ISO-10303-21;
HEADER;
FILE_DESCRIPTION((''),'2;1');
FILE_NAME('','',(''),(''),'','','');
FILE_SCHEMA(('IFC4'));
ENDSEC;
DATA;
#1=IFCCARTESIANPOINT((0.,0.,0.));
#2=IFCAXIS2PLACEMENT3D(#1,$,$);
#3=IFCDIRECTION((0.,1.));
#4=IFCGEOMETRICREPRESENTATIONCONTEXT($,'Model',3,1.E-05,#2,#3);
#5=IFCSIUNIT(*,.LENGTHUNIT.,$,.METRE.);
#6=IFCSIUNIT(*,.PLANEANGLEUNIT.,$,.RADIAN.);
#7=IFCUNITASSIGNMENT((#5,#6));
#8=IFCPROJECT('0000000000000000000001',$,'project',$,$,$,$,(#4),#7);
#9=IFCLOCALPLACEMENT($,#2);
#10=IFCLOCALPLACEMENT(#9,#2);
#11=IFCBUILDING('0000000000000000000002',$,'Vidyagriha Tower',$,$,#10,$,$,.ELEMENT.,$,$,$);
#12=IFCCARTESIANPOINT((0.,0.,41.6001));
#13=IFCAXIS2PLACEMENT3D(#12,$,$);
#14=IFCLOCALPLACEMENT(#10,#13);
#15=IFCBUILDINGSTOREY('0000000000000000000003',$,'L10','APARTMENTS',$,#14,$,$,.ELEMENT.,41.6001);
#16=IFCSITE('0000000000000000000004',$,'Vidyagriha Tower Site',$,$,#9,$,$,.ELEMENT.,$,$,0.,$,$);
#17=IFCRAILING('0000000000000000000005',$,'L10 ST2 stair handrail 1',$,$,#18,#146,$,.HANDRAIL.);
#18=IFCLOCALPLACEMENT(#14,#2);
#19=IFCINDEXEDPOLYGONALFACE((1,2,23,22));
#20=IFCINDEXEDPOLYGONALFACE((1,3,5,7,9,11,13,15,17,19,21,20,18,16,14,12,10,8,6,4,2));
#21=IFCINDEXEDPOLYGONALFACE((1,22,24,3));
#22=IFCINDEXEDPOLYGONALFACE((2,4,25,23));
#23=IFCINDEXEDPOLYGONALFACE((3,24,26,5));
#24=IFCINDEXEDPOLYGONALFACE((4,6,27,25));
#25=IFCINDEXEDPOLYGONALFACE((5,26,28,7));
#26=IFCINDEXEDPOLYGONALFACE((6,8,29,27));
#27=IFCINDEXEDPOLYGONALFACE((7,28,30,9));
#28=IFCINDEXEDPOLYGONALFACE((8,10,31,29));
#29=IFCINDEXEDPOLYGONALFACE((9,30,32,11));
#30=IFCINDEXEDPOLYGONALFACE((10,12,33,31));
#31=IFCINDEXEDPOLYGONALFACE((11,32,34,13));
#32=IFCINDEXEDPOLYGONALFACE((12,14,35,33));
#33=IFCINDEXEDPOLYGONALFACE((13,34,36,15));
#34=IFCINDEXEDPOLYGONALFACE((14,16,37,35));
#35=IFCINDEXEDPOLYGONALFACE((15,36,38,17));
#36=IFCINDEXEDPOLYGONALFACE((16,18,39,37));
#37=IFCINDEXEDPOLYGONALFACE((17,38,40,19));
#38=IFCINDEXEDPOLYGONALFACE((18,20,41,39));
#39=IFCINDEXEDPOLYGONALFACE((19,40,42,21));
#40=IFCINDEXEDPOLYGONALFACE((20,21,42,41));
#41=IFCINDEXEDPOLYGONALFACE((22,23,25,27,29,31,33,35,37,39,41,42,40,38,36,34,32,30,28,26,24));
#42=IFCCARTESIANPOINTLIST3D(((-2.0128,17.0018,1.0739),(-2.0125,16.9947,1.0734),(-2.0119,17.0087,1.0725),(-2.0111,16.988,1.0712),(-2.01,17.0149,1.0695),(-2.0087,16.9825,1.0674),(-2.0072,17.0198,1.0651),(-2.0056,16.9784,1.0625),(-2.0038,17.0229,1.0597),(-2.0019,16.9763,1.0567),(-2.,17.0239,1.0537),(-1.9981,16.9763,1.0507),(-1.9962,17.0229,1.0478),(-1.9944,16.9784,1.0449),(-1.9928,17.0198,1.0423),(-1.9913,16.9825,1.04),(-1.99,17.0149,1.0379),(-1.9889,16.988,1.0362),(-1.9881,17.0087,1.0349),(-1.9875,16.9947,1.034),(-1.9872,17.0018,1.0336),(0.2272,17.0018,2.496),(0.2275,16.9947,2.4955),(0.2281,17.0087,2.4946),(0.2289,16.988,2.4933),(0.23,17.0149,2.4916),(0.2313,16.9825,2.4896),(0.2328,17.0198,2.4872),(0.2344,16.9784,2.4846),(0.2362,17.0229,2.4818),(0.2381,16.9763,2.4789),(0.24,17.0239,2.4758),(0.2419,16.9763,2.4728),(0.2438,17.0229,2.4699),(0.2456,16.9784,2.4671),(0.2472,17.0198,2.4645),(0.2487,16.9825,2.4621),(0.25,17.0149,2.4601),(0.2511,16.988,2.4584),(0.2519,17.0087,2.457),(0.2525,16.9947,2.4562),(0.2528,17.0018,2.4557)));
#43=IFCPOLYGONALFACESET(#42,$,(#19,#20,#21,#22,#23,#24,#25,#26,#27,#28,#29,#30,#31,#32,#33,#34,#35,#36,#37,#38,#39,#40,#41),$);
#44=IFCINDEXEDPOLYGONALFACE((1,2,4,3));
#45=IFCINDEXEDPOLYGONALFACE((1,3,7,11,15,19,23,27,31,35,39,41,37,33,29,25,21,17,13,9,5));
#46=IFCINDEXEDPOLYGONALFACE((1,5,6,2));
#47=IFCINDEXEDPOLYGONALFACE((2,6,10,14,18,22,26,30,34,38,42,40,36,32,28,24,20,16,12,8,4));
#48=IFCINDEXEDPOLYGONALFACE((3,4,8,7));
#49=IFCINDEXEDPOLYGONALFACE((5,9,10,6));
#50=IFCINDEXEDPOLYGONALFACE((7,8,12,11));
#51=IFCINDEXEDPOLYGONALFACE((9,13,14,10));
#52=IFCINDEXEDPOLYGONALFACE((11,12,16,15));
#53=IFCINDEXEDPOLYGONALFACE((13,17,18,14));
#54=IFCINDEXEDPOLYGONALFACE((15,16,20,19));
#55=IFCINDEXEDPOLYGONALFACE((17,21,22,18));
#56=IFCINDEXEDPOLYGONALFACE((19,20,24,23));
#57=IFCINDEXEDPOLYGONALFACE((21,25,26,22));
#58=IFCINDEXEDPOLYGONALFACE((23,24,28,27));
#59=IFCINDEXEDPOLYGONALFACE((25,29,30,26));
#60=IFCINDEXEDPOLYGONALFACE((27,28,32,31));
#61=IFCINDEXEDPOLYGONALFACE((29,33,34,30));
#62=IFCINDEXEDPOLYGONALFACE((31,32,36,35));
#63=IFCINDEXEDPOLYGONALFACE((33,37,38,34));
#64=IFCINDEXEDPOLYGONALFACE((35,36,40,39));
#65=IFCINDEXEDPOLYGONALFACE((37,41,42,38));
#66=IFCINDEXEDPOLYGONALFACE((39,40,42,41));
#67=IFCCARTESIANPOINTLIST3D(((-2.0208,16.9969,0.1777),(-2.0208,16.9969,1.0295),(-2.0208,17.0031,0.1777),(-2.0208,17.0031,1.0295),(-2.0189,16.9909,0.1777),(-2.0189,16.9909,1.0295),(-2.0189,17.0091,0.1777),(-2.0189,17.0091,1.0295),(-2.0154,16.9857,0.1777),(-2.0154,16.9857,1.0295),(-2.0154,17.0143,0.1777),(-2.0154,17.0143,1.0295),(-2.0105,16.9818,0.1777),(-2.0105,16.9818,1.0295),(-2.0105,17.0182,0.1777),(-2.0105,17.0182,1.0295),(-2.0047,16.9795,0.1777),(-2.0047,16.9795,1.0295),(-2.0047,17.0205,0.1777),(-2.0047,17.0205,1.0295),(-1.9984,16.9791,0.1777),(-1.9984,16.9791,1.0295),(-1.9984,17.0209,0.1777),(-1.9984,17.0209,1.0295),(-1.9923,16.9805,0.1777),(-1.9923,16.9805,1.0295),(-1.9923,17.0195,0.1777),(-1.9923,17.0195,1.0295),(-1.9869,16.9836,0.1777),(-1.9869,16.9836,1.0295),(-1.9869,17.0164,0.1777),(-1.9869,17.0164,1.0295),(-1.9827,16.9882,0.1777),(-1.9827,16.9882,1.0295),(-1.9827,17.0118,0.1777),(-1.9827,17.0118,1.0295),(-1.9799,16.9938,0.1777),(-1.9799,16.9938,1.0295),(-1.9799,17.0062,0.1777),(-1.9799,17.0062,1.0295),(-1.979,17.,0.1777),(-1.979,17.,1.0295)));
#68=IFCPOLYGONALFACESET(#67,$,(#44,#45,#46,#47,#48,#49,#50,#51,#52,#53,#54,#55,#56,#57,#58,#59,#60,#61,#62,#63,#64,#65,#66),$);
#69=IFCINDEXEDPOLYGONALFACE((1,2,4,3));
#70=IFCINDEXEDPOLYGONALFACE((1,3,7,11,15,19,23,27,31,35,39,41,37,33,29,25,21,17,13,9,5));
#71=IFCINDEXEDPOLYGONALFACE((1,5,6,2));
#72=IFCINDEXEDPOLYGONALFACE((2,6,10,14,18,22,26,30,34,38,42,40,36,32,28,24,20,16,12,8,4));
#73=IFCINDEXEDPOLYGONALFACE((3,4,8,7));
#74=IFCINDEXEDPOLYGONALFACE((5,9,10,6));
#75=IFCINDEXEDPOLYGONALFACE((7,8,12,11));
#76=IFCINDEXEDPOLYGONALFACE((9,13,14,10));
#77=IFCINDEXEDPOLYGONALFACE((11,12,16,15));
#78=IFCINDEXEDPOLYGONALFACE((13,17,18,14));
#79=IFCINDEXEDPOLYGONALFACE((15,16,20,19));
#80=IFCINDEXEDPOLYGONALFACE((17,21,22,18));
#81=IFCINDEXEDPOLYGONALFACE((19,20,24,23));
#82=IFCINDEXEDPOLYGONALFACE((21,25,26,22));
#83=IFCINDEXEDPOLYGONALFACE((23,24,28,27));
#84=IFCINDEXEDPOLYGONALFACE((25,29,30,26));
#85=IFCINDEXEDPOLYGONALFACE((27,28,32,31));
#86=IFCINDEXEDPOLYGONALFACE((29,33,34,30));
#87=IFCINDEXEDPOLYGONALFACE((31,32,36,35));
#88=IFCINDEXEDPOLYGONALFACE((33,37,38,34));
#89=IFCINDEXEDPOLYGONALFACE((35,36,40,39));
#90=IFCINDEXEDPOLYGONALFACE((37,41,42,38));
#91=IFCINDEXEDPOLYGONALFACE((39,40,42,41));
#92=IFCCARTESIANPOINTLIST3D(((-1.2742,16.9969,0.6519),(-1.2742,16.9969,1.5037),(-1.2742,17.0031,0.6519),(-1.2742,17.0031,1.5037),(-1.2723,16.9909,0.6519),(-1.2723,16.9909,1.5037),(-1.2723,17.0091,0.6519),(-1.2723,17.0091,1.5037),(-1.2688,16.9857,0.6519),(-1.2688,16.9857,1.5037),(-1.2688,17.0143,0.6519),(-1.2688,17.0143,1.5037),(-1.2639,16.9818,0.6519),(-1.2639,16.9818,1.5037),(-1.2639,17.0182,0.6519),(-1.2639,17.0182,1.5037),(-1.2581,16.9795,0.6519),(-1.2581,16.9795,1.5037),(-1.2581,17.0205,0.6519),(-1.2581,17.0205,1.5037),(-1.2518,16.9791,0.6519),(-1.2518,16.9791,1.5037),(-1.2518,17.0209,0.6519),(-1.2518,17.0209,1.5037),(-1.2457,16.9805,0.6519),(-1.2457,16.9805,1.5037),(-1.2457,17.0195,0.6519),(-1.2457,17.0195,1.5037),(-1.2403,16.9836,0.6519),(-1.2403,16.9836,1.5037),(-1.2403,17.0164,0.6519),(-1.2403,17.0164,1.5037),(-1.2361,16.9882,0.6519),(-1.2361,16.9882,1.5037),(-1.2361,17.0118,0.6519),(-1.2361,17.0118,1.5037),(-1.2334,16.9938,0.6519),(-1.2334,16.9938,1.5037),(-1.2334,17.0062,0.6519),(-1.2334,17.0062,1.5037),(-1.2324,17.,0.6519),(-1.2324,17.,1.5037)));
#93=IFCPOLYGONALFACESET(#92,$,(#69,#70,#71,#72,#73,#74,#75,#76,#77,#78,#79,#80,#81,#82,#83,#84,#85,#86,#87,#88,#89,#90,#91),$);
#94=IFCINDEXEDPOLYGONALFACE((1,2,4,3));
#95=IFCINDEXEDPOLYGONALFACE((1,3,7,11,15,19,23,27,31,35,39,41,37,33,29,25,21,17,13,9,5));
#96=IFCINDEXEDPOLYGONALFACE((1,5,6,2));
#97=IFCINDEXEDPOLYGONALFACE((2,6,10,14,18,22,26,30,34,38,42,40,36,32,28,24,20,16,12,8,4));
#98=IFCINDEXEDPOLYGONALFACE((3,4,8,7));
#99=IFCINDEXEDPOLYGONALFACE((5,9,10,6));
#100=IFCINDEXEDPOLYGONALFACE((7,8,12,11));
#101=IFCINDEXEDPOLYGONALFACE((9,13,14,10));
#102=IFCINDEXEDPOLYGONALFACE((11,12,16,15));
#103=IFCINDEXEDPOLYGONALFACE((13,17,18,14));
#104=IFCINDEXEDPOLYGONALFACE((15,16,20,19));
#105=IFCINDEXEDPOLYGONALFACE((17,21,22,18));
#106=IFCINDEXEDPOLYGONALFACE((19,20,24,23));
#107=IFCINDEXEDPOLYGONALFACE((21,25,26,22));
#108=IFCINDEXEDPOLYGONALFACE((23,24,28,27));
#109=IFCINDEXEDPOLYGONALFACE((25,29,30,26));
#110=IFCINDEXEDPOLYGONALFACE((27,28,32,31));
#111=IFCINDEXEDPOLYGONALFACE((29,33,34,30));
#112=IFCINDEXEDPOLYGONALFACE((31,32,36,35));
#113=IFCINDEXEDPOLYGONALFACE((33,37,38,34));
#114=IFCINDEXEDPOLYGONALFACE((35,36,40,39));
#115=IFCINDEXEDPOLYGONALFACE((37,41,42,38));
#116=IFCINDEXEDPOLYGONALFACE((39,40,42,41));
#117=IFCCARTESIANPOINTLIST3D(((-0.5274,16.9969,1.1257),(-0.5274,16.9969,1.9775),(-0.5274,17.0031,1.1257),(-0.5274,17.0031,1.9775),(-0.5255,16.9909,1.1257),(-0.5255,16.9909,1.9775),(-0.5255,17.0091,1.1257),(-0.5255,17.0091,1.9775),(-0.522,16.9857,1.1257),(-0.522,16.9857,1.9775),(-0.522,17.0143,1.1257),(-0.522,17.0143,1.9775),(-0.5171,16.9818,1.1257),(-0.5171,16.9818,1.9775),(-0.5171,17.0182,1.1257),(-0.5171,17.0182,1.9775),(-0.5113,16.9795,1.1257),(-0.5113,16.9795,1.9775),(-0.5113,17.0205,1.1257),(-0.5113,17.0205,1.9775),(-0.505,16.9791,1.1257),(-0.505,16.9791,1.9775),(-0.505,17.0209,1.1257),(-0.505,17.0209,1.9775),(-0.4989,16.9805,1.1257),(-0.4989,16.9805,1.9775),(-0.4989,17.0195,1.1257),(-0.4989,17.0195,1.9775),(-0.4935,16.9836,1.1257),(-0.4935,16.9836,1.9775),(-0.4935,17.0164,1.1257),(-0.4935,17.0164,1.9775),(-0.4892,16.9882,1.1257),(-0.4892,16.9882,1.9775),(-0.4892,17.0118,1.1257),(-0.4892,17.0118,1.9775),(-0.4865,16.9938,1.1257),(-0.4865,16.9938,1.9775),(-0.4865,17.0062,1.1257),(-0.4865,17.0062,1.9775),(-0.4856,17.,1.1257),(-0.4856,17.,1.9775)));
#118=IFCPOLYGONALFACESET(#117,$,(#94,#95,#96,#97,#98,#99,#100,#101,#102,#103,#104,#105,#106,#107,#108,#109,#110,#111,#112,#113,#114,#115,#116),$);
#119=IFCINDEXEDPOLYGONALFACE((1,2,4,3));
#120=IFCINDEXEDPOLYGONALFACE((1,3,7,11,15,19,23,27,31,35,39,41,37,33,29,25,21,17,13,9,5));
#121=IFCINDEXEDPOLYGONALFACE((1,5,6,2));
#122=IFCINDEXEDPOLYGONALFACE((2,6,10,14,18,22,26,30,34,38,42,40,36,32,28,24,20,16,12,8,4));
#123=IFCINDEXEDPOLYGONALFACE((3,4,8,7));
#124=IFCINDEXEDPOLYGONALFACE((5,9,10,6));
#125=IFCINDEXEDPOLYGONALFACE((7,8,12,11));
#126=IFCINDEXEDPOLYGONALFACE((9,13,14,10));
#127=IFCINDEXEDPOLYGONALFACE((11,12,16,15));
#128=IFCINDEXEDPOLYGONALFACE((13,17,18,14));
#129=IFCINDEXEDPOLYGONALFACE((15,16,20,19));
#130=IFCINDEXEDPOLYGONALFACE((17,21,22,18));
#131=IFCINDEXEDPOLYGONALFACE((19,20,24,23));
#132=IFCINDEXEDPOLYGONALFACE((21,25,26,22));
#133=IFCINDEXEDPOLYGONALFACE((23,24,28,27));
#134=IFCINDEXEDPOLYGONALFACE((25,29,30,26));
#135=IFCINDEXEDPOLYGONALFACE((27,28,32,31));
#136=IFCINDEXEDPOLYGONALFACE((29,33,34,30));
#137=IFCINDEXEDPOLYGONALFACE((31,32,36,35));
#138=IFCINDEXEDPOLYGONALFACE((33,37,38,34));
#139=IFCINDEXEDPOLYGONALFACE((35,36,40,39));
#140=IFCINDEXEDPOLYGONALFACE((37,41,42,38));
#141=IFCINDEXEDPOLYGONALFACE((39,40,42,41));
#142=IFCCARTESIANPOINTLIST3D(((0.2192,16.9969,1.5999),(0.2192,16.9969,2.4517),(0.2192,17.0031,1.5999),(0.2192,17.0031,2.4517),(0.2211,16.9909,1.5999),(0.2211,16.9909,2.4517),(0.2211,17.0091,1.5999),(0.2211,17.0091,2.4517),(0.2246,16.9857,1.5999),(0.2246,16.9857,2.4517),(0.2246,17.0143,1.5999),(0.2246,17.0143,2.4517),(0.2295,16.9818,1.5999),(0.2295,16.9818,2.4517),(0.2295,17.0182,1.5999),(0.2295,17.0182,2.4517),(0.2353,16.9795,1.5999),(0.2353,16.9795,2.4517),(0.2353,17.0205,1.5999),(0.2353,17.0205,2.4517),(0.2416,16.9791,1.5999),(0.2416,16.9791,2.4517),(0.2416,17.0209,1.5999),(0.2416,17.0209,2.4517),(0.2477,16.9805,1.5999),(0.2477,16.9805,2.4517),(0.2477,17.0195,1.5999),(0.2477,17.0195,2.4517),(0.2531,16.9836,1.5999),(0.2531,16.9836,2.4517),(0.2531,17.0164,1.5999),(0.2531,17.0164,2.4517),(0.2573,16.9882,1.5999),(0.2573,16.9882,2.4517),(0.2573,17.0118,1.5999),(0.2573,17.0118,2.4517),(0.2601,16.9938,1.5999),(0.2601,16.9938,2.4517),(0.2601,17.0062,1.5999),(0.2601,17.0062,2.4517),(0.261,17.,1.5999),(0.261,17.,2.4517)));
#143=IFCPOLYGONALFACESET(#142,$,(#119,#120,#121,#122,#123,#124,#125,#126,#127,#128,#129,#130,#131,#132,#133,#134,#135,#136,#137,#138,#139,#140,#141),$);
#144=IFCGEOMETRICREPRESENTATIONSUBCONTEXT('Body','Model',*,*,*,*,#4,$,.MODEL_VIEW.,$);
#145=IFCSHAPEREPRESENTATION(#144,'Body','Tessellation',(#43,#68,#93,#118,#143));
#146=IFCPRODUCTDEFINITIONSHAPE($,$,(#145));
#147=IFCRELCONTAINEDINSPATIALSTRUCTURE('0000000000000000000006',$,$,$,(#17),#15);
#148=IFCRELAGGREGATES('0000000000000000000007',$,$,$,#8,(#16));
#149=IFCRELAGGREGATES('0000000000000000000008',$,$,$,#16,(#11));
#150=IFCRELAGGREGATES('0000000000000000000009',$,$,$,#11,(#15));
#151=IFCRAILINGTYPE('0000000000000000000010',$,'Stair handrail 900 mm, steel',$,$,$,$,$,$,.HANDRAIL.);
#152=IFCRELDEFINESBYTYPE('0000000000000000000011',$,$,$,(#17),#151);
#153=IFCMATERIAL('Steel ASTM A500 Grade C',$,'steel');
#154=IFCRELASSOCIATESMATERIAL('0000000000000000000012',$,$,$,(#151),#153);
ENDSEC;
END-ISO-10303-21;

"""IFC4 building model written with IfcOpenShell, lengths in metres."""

from ifc_helpers import new_model, si_unit, direction, frame, origin, origin_2d, place, context, subcontext, project, spatial, circle, extrude, material, type_object, element, save


model = new_model("IFC4")

# Units and contexts
model_context = context("Model", 3, precision=1e-05, world=origin(), true_north=direction((0.0, 1.0)))
body_context = subcontext(model_context, "Body", "Model", "MODEL_VIEW")
ifc_project = project(units=[si_unit("LENGTHUNIT", "METRE"), si_unit("PLANEANGLEUNIT", "RADIAN")], contexts=[model_context])

# Site, building, storey
site_placement = place(None, origin())
site = spatial("IfcSite", under=ifc_project, at=site_placement, Name="Vidyagriha Tower Site", CompositionType="ELEMENT", RefElevation=0.0)
building_placement = place(site_placement, origin())
building = spatial("IfcBuilding", under=site, at=building_placement, Name="Vidyagriha Tower", CompositionType="ELEMENT")
storey_placement = place(building_placement, frame((0.0, 0.0, 41.6001)))
storey = spatial("IfcBuildingStorey", under=building, at=storey_placement, Name="L10", Description="APARTMENTS", CompositionType="ELEMENT", Elevation=41.6001)

# Railing
ifc_material_1 = material(Name="Steel ASTM A500 Grade C", Category="steel")
railing_type_1 = type_object("IfcRailingType", Name="Stair handrail 900 mm, steel", PredefinedType="HANDRAIL", material=ifc_material_1)
railing_1_placement = place(storey_placement, frame((-2.0, 17.0, 0.1777)))
element("IfcRailing", 1, at=railing_1_placement, inside=storey, type_object=railing_type_1, Name="L10 ST2 stair handrail 1", PredefinedType="HANDRAIL", context=body_context, shape_type="SweptSolid", body=[
    extrude(circle(Radius=0.0239, at=origin_2d()), frame((0.0, 0.0, 0.876), z_axis=(0.844229, 0.0, 0.535982), x_axis=(0.0, 1.0, 0.0)), (0.0, 0.0, 1.0), 2.6533),
    extrude(circle(Radius=0.021, at=origin_2d()), origin(), (0.0, 0.0, 1.0), 0.8518),
    extrude(circle(Radius=0.021, at=origin_2d()), frame((0.7466, 0.0, 0.4741)), (0.0, 0.0, 1.0), 0.8518),
    extrude(circle(Radius=0.021, at=origin_2d()), frame((1.4934, 0.0, 0.948)), (0.0, 0.0, 1.0), 0.8518),
    extrude(circle(Radius=0.021, at=origin_2d()), frame((2.24, 0.0, 1.4221)), (0.0, 0.0, 1.0), 0.8518),
])

save(model, "model.ifc")
